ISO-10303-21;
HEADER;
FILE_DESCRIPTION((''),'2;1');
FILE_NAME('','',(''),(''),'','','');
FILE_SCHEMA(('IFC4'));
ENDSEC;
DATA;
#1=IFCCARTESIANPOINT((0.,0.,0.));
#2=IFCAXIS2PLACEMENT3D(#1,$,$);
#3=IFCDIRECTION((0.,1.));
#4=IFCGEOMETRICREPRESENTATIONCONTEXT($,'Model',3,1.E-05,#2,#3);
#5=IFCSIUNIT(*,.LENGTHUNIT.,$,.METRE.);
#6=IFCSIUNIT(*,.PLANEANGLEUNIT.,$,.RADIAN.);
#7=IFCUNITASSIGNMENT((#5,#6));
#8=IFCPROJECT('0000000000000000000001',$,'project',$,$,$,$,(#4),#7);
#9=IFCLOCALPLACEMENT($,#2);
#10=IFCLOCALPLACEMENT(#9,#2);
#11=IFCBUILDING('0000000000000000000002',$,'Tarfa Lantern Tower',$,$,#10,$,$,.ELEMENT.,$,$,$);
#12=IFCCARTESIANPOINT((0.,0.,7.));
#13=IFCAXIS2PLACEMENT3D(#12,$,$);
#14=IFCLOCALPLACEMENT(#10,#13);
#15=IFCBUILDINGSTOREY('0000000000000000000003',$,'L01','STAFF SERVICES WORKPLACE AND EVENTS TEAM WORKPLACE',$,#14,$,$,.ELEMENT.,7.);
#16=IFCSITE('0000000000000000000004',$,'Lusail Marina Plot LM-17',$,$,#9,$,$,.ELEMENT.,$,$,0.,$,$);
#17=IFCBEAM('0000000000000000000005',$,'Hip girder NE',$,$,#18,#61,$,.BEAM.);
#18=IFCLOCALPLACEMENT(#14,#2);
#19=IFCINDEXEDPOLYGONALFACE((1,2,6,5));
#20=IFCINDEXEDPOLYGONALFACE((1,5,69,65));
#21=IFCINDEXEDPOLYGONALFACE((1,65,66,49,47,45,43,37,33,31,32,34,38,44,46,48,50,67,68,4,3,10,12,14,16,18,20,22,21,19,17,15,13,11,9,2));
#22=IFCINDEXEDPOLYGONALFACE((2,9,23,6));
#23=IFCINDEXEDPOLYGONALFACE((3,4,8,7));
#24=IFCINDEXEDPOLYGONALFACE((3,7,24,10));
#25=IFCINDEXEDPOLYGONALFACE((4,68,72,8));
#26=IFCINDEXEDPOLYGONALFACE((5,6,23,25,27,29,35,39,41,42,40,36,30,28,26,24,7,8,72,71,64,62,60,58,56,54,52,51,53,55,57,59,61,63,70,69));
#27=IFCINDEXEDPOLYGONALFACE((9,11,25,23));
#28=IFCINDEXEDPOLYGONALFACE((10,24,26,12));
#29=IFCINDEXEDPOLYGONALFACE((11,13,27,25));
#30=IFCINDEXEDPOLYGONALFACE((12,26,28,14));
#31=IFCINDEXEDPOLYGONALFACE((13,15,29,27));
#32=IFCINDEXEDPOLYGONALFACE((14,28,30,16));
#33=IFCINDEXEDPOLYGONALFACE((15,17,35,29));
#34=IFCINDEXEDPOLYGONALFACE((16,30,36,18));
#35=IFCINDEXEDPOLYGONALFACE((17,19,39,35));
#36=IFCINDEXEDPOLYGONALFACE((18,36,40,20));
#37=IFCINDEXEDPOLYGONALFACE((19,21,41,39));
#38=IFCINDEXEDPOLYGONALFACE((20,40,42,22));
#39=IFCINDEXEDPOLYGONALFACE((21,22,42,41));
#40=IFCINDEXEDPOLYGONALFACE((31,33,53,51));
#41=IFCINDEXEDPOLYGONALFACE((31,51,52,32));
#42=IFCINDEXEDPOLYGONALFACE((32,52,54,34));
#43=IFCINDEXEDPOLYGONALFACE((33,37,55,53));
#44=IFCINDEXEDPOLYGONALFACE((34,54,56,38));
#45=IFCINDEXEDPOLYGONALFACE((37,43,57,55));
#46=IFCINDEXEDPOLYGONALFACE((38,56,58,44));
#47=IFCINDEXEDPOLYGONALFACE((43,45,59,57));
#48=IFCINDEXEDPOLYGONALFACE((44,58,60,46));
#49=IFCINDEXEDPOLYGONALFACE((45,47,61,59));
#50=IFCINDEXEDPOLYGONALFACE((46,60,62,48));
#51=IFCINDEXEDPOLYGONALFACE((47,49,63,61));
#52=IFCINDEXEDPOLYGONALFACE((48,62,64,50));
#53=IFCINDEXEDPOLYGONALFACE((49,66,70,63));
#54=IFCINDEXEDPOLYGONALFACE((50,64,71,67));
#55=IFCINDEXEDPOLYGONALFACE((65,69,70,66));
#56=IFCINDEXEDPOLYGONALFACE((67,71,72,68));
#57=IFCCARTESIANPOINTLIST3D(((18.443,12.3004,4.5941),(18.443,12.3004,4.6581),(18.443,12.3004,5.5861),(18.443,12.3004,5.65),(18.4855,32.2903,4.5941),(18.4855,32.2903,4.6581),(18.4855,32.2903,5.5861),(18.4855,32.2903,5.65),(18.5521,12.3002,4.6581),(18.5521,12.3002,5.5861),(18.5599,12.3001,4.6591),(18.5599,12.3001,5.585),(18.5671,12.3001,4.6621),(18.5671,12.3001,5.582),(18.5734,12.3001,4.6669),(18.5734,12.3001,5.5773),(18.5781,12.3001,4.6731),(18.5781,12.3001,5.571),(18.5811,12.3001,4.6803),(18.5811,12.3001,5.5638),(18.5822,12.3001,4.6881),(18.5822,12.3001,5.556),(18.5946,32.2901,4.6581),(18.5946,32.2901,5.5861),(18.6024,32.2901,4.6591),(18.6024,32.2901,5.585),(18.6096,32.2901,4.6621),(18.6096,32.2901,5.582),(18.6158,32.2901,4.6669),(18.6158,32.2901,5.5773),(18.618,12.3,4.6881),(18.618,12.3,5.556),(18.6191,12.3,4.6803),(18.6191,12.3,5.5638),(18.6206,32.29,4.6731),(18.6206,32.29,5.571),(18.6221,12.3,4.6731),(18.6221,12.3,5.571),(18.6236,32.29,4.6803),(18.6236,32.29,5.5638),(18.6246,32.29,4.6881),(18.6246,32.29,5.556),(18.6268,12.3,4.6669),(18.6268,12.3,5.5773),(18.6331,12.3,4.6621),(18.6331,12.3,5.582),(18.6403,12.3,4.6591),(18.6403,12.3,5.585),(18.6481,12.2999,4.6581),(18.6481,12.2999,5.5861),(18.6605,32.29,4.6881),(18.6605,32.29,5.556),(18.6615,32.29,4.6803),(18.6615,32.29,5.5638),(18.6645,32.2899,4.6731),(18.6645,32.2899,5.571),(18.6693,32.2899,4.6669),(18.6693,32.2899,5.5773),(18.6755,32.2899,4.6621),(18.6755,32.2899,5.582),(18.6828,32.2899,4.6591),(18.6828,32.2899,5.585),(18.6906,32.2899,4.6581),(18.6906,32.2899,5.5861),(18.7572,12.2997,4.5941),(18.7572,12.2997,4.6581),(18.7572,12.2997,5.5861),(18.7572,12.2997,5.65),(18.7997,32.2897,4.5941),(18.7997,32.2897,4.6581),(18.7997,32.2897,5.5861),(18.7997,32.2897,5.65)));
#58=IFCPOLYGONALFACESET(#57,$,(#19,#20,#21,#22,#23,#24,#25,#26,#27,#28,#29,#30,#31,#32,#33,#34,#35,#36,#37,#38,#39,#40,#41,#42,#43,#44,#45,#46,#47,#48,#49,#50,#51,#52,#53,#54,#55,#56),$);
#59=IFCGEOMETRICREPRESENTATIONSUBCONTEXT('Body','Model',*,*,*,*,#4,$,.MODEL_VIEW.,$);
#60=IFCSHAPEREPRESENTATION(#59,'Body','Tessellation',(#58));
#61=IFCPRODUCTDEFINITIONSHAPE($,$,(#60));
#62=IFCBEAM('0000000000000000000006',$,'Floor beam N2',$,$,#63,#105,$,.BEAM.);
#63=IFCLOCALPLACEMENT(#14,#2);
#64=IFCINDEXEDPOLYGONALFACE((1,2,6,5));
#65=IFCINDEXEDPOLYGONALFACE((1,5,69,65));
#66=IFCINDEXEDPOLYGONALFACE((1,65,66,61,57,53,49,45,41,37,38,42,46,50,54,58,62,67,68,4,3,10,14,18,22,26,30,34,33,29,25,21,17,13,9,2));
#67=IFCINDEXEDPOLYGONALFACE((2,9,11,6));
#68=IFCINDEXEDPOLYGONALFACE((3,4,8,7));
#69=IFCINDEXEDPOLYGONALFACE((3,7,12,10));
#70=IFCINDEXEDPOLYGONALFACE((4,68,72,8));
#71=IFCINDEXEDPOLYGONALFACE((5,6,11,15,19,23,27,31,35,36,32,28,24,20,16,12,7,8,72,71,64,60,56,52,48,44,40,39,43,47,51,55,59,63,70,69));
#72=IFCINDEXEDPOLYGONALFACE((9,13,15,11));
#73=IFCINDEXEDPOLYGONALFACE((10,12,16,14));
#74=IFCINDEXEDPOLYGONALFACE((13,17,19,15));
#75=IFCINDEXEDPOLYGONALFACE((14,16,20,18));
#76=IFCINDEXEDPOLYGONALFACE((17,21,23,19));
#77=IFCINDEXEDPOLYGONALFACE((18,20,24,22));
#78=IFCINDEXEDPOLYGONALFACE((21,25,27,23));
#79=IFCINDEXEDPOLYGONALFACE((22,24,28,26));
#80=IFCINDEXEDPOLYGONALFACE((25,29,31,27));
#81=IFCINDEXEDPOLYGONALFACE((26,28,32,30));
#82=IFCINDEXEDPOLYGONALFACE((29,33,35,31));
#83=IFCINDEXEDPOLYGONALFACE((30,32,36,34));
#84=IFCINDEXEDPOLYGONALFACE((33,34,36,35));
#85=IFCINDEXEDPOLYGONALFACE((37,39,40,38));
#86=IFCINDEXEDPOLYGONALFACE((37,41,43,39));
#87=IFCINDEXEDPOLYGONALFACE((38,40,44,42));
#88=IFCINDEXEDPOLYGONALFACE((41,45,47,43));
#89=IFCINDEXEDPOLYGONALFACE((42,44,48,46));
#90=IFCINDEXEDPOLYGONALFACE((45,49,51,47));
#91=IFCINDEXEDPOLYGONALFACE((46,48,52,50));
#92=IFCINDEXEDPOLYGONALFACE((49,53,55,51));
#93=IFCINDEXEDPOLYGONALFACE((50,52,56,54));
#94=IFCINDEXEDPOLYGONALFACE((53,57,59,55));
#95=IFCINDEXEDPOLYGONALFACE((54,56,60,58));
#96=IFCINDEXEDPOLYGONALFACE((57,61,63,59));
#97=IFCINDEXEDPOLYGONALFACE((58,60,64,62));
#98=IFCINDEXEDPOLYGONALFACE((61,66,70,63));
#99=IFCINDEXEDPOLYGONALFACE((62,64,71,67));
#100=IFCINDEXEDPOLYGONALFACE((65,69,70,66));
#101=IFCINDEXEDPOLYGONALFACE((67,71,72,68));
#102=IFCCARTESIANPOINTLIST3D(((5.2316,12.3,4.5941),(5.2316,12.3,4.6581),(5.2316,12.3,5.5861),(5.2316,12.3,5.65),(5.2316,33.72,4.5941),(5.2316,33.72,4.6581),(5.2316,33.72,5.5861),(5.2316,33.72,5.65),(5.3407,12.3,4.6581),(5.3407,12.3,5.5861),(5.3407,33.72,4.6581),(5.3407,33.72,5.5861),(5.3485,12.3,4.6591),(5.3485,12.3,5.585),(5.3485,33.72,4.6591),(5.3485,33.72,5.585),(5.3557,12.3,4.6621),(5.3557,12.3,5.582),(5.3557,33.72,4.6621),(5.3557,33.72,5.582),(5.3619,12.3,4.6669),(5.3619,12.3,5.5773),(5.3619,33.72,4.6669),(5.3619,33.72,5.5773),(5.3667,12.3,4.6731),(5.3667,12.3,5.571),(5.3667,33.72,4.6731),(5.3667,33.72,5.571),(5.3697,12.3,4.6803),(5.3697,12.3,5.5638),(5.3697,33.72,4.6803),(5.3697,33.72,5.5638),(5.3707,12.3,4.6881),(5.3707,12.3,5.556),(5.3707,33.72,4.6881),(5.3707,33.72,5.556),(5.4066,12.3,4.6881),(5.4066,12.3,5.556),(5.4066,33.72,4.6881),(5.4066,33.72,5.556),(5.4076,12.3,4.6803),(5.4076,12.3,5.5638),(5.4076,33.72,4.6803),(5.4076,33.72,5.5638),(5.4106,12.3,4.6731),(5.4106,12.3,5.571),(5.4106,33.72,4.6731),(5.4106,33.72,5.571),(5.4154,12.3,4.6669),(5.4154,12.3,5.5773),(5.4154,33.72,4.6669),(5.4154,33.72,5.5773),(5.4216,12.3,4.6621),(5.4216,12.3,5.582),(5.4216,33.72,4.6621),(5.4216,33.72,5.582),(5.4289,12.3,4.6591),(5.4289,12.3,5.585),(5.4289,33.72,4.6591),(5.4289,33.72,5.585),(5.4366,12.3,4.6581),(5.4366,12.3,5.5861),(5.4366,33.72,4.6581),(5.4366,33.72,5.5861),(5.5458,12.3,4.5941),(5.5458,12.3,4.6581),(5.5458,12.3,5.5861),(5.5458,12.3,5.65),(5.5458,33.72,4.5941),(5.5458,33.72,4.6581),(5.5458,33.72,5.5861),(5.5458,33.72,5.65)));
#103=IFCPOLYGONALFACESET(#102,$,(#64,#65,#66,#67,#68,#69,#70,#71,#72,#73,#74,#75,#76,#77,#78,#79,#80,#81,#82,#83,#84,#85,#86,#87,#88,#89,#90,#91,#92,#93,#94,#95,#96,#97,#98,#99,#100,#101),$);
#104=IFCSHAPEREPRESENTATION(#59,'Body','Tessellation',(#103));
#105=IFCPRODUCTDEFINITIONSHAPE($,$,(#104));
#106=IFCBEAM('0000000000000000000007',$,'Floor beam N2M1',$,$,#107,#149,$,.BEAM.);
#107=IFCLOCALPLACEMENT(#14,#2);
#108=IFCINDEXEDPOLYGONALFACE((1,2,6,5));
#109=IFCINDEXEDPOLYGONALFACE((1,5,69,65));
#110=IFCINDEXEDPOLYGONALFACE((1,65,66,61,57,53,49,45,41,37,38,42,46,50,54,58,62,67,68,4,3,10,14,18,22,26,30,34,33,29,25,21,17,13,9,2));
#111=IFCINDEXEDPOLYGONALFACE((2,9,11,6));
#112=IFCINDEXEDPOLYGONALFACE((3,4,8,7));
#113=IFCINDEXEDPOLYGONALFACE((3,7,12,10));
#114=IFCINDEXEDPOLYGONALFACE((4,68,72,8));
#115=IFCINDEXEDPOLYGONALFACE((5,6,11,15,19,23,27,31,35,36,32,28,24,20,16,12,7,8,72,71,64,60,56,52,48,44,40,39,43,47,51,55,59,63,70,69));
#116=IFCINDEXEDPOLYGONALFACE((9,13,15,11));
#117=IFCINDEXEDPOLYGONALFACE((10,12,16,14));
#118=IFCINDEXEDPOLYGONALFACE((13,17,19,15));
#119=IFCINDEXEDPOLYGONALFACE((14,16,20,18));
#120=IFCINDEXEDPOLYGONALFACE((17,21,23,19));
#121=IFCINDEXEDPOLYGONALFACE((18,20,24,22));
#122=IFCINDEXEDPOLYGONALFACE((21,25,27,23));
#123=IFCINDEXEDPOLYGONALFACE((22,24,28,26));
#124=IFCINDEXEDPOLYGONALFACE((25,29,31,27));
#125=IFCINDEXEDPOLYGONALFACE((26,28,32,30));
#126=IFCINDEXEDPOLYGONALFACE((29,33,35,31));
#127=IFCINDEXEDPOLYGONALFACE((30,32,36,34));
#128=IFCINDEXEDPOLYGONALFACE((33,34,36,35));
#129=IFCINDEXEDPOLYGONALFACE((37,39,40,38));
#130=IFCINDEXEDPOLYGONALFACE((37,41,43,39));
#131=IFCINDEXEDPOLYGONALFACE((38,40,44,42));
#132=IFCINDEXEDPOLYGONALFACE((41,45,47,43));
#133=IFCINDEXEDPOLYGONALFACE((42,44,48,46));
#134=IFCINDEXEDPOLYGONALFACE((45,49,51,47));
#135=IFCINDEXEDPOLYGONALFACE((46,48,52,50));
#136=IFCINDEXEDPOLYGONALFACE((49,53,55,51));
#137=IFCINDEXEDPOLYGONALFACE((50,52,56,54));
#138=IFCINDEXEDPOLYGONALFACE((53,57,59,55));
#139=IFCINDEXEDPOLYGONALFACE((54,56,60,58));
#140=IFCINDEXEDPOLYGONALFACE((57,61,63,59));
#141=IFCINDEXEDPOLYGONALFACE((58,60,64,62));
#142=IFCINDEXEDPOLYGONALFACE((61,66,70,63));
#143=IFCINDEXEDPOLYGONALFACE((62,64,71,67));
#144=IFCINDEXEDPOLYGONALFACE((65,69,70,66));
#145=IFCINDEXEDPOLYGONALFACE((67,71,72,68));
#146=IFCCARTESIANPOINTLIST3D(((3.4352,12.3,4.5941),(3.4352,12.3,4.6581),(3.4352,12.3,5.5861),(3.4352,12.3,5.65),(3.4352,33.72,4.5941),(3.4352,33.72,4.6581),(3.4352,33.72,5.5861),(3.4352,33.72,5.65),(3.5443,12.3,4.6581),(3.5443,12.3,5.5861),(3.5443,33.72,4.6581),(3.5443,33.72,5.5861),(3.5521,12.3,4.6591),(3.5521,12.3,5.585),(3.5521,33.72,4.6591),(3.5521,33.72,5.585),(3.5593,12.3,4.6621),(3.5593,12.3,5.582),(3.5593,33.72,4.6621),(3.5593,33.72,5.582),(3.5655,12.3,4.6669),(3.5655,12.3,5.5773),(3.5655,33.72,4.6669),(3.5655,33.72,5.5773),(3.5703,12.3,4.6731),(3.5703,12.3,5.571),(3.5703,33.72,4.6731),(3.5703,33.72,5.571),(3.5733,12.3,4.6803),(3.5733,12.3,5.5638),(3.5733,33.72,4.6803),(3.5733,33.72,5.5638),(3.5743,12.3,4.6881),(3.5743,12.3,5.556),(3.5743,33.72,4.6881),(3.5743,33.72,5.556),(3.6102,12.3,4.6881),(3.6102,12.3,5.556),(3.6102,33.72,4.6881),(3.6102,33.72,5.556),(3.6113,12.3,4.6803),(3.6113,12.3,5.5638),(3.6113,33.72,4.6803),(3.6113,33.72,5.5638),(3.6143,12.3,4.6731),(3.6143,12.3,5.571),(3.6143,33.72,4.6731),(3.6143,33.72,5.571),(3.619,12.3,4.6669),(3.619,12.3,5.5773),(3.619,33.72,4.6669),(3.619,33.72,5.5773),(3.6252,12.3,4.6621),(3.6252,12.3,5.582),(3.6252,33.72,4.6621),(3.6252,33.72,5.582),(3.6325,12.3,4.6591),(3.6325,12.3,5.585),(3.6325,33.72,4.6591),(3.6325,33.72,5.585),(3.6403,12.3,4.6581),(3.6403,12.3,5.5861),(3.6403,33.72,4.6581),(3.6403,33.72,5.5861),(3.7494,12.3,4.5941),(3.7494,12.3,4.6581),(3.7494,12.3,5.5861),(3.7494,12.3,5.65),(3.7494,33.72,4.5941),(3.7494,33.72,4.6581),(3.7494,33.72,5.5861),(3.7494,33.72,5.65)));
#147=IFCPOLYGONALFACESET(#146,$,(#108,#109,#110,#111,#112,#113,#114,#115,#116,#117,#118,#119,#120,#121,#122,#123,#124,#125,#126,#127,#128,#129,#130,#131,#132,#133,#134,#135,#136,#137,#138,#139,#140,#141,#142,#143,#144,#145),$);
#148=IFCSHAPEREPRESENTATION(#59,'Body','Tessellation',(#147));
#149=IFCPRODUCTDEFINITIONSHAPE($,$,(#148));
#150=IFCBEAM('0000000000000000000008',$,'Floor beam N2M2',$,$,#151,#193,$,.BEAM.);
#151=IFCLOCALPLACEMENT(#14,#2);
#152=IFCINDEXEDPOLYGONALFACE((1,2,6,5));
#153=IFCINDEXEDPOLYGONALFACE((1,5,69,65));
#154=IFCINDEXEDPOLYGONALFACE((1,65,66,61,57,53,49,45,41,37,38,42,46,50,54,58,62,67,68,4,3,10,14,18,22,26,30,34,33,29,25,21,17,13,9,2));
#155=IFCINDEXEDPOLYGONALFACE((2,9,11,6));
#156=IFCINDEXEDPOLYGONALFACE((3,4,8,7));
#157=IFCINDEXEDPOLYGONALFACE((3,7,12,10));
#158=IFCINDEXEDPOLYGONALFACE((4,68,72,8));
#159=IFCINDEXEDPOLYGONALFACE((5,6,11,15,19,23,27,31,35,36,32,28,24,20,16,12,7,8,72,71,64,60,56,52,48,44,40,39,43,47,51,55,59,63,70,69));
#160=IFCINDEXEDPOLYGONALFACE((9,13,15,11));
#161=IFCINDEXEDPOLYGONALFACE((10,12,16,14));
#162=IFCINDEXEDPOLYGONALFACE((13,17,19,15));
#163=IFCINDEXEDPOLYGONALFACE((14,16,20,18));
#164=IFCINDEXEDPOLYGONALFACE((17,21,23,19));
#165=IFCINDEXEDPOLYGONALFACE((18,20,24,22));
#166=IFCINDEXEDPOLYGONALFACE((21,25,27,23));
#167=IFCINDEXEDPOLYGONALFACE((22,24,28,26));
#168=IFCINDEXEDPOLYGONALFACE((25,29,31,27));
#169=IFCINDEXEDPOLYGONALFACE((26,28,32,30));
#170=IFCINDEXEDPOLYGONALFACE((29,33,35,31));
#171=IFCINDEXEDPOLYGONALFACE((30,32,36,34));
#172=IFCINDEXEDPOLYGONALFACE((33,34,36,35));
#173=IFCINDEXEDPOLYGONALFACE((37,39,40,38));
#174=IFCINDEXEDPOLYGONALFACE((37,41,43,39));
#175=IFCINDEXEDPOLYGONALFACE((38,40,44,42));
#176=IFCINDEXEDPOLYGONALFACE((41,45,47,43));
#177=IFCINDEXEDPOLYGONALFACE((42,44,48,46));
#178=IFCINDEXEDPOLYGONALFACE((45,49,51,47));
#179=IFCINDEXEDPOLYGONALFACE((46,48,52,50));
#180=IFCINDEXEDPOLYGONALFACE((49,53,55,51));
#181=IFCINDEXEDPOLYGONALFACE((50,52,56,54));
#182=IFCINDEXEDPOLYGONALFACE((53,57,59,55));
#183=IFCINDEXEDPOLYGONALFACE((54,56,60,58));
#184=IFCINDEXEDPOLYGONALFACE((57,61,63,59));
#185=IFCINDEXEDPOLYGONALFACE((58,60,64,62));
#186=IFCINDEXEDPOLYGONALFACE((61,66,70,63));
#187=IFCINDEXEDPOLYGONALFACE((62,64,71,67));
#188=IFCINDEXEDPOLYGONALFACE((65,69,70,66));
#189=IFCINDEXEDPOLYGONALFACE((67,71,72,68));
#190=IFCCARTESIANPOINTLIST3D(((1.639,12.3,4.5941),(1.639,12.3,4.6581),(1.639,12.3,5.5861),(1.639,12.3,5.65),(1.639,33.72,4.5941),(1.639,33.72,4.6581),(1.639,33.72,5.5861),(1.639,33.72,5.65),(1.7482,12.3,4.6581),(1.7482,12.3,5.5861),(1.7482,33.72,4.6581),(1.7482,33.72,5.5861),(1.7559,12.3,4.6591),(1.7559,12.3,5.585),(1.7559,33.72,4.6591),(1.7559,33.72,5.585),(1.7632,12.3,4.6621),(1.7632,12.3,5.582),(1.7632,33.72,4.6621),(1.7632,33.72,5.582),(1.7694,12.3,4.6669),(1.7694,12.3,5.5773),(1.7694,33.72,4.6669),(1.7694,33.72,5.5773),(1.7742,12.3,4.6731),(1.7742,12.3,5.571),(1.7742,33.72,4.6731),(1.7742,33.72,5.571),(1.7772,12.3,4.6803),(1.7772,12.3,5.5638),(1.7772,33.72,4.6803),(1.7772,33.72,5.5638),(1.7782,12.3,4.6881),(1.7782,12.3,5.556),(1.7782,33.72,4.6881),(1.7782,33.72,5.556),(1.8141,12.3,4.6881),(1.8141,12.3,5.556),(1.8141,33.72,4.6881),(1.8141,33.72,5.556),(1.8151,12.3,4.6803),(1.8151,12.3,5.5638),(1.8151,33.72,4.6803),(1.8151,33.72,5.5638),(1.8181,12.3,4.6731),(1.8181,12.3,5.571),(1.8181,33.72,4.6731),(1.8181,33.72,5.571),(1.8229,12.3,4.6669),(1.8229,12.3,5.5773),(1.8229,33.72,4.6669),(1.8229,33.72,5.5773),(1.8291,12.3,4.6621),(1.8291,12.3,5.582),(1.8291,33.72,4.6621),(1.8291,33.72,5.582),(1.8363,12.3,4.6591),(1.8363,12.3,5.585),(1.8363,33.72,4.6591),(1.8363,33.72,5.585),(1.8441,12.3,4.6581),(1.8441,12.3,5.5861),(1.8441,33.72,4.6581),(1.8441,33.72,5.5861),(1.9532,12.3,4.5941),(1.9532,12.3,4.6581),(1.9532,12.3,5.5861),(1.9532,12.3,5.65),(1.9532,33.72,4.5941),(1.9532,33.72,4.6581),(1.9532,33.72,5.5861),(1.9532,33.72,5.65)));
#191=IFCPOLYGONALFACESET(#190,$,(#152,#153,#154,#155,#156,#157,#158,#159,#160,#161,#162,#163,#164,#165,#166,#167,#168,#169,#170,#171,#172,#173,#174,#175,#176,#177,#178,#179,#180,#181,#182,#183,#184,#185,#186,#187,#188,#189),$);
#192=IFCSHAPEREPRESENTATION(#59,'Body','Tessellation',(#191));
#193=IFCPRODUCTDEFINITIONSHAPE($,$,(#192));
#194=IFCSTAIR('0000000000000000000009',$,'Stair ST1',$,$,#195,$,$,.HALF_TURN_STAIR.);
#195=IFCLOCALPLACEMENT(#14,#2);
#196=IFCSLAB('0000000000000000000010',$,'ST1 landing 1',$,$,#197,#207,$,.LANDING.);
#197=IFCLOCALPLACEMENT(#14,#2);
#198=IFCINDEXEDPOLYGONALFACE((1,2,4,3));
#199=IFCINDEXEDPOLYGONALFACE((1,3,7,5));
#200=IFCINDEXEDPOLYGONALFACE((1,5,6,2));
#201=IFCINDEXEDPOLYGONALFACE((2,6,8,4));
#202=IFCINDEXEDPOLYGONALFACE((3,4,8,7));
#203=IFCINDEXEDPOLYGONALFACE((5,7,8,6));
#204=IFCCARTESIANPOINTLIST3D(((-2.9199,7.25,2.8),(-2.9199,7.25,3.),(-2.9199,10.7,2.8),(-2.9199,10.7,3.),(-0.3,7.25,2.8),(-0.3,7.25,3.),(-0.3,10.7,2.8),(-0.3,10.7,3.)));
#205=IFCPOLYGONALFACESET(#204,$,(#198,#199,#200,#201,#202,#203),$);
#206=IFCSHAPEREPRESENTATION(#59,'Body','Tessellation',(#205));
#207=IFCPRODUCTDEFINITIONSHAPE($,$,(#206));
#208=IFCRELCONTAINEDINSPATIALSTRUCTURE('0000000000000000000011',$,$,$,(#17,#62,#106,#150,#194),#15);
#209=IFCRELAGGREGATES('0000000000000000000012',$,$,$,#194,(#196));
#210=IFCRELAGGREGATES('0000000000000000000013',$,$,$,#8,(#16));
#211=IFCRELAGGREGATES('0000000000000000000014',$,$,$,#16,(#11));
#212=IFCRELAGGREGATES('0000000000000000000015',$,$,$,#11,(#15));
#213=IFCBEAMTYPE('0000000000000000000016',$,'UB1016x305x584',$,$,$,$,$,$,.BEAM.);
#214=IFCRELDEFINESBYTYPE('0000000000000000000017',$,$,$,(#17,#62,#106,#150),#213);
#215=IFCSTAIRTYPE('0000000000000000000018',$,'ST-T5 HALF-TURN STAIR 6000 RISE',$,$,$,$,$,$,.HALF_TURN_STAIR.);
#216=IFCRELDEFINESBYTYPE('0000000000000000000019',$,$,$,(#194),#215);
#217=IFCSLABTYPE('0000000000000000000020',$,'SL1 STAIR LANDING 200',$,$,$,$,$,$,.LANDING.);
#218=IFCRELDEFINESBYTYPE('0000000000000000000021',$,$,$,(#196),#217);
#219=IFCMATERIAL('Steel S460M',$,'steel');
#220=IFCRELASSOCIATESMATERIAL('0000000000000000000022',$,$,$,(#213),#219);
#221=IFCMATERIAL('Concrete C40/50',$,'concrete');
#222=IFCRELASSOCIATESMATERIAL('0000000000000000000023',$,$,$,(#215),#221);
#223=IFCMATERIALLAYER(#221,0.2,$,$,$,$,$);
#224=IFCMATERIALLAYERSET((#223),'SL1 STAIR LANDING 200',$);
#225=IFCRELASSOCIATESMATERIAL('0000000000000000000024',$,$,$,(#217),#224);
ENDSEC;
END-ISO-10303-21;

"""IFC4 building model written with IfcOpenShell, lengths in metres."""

from ifc_helpers import new_model, si_unit, direction, frame, origin, origin_2d, place, context, subcontext, project, spatial, polyline, i_section, outline, extrude, material, layer, layer_set, material_profile, profile_set, type_object, element, aggregate, save


model = new_model("IFC4")

# Units and contexts
model_context = context("Model", 3, precision=1e-05, world=origin(), true_north=direction((0.0, 1.0)))
body_context = subcontext(model_context, "Body", "Model", "MODEL_VIEW")
ifc_project = project(units=[si_unit("LENGTHUNIT", "METRE"), si_unit("PLANEANGLEUNIT", "RADIAN")], contexts=[model_context])

# Site, building, storey
site_placement = place(None, origin())
site = spatial("IfcSite", under=ifc_project, at=site_placement, Name="Lusail Marina Plot LM-17", CompositionType="ELEMENT", RefElevation=0.0)
building_placement = place(site_placement, origin())
building = spatial("IfcBuilding", under=site, at=building_placement, Name="Tarfa Lantern Tower", CompositionType="ELEMENT")
storey_placement = place(building_placement, frame((0.0, 0.0, 7.0)))
storey = spatial("IfcBuildingStorey", under=building, at=storey_placement, Name="L01", Description="STAFF SERVICES WORKPLACE AND EVENTS TEAM WORKPLACE", CompositionType="ELEMENT", Elevation=7.0)

# Beams
ifc_material_1 = material(Name="Steel S460M", Category="steel")
ifc_material_profile_1 = material_profile(ifc_material_1, i_section(OverallWidth=0.3142, OverallDepth=1.0559, WebThickness=0.0359, FlangeThickness=0.064, FilletRadius=0.03, at=origin_2d()), Name="UB1016x305x584")
ifc_profile_set_1 = profile_set([ifc_material_profile_1], Name="Steel S460M")
beam_type_1 = type_object("IfcBeamType", Name="UB1016x305x584", PredefinedType="BEAM", material=ifc_profile_set_1)
beam_1_placement = place(storey_placement, frame((18.6001, 12.3, 5.1221), z_axis=(0.002125, 0.999998, 0.0), x_axis=(-0.999998, 0.002125, 0.0)))
element("IfcBeam", 1, at=beam_1_placement, inside=storey, type_object=beam_type_1, Name="Hip girder NE", PredefinedType="BEAM", context=body_context, shape_type="SweptSolid", body=[
    extrude(i_section(OverallWidth=0.3142, OverallDepth=1.0559, WebThickness=0.0359, FlangeThickness=0.064, FilletRadius=0.03, at=origin_2d()), origin(), (0.0, 0.0, 1.0), 19.99),
])
for number, where, z_axis, x_axis, name in (
    (2, (5.3887, 33.72, 5.1221), (0.0, -1.0, 0.0), (1.0, 0.0, 0.0), "Floor beam N2"),
    (3, (3.5923, 33.72, 5.1221), (0.0, -1.0, 0.0), (1.0, 0.0, 0.0), "Floor beam N2M1"),
    (4, (1.7961, 33.72, 5.1221), (0.0, -1.0, 0.0), (1.0, 0.0, 0.0), "Floor beam N2M2"),
):
    element("IfcBeam", number, at=place(storey_placement, frame(where, z_axis=z_axis, x_axis=x_axis)), inside=storey, type_object=beam_type_1, Name=name, PredefinedType="BEAM", context=body_context, shape_type="SweptSolid", body=[
        extrude(i_section(OverallWidth=0.3142, OverallDepth=1.0559, WebThickness=0.0359, FlangeThickness=0.064, FilletRadius=0.03, at=origin_2d()), origin(), (0.0, 0.0, 1.0), 21.4199),
    ])

# Stair, slab
ifc_material_2 = material(Name="Concrete C40/50", Category="concrete")
stair_type_1 = type_object("IfcStairType", Name="ST-T5 HALF-TURN STAIR 6000 RISE", PredefinedType="HALF_TURN_STAIR", material=ifc_material_2)
stair_1_placement = place(storey_placement, origin())
stair_1 = element("IfcStair", 5, at=stair_1_placement, inside=storey, type_object=stair_type_1, Name="Stair ST1", PredefinedType="HALF_TURN_STAIR")
ifc_layer_1 = layer(ifc_material_2, 0.2)
ifc_layer_set_1 = layer_set([ifc_layer_1], Name="SL1 STAIR LANDING 200")
slab_type = type_object("IfcSlabType", Name="SL1 STAIR LANDING 200", PredefinedType="LANDING", material=ifc_layer_set_1)
slab_1_placement = place(storey_placement, frame((0.0, 0.0, 2.8)))
slab_1 = element("IfcSlab", 6, at=slab_1_placement, type_object=slab_type, Name="ST1 landing 1", PredefinedType="LANDING", context=body_context, shape_type="SweptSolid", body=[
    extrude(outline(polyline([(-2.9199, 7.25), (-0.3, 7.25), (-0.3, 10.7), (-2.9199, 10.7), (-2.9199, 7.25)])), origin(), (0.0, 0.0, 1.0), 0.2),
])
aggregate(stair_1, [slab_1])

save(model, "model.ifc")
